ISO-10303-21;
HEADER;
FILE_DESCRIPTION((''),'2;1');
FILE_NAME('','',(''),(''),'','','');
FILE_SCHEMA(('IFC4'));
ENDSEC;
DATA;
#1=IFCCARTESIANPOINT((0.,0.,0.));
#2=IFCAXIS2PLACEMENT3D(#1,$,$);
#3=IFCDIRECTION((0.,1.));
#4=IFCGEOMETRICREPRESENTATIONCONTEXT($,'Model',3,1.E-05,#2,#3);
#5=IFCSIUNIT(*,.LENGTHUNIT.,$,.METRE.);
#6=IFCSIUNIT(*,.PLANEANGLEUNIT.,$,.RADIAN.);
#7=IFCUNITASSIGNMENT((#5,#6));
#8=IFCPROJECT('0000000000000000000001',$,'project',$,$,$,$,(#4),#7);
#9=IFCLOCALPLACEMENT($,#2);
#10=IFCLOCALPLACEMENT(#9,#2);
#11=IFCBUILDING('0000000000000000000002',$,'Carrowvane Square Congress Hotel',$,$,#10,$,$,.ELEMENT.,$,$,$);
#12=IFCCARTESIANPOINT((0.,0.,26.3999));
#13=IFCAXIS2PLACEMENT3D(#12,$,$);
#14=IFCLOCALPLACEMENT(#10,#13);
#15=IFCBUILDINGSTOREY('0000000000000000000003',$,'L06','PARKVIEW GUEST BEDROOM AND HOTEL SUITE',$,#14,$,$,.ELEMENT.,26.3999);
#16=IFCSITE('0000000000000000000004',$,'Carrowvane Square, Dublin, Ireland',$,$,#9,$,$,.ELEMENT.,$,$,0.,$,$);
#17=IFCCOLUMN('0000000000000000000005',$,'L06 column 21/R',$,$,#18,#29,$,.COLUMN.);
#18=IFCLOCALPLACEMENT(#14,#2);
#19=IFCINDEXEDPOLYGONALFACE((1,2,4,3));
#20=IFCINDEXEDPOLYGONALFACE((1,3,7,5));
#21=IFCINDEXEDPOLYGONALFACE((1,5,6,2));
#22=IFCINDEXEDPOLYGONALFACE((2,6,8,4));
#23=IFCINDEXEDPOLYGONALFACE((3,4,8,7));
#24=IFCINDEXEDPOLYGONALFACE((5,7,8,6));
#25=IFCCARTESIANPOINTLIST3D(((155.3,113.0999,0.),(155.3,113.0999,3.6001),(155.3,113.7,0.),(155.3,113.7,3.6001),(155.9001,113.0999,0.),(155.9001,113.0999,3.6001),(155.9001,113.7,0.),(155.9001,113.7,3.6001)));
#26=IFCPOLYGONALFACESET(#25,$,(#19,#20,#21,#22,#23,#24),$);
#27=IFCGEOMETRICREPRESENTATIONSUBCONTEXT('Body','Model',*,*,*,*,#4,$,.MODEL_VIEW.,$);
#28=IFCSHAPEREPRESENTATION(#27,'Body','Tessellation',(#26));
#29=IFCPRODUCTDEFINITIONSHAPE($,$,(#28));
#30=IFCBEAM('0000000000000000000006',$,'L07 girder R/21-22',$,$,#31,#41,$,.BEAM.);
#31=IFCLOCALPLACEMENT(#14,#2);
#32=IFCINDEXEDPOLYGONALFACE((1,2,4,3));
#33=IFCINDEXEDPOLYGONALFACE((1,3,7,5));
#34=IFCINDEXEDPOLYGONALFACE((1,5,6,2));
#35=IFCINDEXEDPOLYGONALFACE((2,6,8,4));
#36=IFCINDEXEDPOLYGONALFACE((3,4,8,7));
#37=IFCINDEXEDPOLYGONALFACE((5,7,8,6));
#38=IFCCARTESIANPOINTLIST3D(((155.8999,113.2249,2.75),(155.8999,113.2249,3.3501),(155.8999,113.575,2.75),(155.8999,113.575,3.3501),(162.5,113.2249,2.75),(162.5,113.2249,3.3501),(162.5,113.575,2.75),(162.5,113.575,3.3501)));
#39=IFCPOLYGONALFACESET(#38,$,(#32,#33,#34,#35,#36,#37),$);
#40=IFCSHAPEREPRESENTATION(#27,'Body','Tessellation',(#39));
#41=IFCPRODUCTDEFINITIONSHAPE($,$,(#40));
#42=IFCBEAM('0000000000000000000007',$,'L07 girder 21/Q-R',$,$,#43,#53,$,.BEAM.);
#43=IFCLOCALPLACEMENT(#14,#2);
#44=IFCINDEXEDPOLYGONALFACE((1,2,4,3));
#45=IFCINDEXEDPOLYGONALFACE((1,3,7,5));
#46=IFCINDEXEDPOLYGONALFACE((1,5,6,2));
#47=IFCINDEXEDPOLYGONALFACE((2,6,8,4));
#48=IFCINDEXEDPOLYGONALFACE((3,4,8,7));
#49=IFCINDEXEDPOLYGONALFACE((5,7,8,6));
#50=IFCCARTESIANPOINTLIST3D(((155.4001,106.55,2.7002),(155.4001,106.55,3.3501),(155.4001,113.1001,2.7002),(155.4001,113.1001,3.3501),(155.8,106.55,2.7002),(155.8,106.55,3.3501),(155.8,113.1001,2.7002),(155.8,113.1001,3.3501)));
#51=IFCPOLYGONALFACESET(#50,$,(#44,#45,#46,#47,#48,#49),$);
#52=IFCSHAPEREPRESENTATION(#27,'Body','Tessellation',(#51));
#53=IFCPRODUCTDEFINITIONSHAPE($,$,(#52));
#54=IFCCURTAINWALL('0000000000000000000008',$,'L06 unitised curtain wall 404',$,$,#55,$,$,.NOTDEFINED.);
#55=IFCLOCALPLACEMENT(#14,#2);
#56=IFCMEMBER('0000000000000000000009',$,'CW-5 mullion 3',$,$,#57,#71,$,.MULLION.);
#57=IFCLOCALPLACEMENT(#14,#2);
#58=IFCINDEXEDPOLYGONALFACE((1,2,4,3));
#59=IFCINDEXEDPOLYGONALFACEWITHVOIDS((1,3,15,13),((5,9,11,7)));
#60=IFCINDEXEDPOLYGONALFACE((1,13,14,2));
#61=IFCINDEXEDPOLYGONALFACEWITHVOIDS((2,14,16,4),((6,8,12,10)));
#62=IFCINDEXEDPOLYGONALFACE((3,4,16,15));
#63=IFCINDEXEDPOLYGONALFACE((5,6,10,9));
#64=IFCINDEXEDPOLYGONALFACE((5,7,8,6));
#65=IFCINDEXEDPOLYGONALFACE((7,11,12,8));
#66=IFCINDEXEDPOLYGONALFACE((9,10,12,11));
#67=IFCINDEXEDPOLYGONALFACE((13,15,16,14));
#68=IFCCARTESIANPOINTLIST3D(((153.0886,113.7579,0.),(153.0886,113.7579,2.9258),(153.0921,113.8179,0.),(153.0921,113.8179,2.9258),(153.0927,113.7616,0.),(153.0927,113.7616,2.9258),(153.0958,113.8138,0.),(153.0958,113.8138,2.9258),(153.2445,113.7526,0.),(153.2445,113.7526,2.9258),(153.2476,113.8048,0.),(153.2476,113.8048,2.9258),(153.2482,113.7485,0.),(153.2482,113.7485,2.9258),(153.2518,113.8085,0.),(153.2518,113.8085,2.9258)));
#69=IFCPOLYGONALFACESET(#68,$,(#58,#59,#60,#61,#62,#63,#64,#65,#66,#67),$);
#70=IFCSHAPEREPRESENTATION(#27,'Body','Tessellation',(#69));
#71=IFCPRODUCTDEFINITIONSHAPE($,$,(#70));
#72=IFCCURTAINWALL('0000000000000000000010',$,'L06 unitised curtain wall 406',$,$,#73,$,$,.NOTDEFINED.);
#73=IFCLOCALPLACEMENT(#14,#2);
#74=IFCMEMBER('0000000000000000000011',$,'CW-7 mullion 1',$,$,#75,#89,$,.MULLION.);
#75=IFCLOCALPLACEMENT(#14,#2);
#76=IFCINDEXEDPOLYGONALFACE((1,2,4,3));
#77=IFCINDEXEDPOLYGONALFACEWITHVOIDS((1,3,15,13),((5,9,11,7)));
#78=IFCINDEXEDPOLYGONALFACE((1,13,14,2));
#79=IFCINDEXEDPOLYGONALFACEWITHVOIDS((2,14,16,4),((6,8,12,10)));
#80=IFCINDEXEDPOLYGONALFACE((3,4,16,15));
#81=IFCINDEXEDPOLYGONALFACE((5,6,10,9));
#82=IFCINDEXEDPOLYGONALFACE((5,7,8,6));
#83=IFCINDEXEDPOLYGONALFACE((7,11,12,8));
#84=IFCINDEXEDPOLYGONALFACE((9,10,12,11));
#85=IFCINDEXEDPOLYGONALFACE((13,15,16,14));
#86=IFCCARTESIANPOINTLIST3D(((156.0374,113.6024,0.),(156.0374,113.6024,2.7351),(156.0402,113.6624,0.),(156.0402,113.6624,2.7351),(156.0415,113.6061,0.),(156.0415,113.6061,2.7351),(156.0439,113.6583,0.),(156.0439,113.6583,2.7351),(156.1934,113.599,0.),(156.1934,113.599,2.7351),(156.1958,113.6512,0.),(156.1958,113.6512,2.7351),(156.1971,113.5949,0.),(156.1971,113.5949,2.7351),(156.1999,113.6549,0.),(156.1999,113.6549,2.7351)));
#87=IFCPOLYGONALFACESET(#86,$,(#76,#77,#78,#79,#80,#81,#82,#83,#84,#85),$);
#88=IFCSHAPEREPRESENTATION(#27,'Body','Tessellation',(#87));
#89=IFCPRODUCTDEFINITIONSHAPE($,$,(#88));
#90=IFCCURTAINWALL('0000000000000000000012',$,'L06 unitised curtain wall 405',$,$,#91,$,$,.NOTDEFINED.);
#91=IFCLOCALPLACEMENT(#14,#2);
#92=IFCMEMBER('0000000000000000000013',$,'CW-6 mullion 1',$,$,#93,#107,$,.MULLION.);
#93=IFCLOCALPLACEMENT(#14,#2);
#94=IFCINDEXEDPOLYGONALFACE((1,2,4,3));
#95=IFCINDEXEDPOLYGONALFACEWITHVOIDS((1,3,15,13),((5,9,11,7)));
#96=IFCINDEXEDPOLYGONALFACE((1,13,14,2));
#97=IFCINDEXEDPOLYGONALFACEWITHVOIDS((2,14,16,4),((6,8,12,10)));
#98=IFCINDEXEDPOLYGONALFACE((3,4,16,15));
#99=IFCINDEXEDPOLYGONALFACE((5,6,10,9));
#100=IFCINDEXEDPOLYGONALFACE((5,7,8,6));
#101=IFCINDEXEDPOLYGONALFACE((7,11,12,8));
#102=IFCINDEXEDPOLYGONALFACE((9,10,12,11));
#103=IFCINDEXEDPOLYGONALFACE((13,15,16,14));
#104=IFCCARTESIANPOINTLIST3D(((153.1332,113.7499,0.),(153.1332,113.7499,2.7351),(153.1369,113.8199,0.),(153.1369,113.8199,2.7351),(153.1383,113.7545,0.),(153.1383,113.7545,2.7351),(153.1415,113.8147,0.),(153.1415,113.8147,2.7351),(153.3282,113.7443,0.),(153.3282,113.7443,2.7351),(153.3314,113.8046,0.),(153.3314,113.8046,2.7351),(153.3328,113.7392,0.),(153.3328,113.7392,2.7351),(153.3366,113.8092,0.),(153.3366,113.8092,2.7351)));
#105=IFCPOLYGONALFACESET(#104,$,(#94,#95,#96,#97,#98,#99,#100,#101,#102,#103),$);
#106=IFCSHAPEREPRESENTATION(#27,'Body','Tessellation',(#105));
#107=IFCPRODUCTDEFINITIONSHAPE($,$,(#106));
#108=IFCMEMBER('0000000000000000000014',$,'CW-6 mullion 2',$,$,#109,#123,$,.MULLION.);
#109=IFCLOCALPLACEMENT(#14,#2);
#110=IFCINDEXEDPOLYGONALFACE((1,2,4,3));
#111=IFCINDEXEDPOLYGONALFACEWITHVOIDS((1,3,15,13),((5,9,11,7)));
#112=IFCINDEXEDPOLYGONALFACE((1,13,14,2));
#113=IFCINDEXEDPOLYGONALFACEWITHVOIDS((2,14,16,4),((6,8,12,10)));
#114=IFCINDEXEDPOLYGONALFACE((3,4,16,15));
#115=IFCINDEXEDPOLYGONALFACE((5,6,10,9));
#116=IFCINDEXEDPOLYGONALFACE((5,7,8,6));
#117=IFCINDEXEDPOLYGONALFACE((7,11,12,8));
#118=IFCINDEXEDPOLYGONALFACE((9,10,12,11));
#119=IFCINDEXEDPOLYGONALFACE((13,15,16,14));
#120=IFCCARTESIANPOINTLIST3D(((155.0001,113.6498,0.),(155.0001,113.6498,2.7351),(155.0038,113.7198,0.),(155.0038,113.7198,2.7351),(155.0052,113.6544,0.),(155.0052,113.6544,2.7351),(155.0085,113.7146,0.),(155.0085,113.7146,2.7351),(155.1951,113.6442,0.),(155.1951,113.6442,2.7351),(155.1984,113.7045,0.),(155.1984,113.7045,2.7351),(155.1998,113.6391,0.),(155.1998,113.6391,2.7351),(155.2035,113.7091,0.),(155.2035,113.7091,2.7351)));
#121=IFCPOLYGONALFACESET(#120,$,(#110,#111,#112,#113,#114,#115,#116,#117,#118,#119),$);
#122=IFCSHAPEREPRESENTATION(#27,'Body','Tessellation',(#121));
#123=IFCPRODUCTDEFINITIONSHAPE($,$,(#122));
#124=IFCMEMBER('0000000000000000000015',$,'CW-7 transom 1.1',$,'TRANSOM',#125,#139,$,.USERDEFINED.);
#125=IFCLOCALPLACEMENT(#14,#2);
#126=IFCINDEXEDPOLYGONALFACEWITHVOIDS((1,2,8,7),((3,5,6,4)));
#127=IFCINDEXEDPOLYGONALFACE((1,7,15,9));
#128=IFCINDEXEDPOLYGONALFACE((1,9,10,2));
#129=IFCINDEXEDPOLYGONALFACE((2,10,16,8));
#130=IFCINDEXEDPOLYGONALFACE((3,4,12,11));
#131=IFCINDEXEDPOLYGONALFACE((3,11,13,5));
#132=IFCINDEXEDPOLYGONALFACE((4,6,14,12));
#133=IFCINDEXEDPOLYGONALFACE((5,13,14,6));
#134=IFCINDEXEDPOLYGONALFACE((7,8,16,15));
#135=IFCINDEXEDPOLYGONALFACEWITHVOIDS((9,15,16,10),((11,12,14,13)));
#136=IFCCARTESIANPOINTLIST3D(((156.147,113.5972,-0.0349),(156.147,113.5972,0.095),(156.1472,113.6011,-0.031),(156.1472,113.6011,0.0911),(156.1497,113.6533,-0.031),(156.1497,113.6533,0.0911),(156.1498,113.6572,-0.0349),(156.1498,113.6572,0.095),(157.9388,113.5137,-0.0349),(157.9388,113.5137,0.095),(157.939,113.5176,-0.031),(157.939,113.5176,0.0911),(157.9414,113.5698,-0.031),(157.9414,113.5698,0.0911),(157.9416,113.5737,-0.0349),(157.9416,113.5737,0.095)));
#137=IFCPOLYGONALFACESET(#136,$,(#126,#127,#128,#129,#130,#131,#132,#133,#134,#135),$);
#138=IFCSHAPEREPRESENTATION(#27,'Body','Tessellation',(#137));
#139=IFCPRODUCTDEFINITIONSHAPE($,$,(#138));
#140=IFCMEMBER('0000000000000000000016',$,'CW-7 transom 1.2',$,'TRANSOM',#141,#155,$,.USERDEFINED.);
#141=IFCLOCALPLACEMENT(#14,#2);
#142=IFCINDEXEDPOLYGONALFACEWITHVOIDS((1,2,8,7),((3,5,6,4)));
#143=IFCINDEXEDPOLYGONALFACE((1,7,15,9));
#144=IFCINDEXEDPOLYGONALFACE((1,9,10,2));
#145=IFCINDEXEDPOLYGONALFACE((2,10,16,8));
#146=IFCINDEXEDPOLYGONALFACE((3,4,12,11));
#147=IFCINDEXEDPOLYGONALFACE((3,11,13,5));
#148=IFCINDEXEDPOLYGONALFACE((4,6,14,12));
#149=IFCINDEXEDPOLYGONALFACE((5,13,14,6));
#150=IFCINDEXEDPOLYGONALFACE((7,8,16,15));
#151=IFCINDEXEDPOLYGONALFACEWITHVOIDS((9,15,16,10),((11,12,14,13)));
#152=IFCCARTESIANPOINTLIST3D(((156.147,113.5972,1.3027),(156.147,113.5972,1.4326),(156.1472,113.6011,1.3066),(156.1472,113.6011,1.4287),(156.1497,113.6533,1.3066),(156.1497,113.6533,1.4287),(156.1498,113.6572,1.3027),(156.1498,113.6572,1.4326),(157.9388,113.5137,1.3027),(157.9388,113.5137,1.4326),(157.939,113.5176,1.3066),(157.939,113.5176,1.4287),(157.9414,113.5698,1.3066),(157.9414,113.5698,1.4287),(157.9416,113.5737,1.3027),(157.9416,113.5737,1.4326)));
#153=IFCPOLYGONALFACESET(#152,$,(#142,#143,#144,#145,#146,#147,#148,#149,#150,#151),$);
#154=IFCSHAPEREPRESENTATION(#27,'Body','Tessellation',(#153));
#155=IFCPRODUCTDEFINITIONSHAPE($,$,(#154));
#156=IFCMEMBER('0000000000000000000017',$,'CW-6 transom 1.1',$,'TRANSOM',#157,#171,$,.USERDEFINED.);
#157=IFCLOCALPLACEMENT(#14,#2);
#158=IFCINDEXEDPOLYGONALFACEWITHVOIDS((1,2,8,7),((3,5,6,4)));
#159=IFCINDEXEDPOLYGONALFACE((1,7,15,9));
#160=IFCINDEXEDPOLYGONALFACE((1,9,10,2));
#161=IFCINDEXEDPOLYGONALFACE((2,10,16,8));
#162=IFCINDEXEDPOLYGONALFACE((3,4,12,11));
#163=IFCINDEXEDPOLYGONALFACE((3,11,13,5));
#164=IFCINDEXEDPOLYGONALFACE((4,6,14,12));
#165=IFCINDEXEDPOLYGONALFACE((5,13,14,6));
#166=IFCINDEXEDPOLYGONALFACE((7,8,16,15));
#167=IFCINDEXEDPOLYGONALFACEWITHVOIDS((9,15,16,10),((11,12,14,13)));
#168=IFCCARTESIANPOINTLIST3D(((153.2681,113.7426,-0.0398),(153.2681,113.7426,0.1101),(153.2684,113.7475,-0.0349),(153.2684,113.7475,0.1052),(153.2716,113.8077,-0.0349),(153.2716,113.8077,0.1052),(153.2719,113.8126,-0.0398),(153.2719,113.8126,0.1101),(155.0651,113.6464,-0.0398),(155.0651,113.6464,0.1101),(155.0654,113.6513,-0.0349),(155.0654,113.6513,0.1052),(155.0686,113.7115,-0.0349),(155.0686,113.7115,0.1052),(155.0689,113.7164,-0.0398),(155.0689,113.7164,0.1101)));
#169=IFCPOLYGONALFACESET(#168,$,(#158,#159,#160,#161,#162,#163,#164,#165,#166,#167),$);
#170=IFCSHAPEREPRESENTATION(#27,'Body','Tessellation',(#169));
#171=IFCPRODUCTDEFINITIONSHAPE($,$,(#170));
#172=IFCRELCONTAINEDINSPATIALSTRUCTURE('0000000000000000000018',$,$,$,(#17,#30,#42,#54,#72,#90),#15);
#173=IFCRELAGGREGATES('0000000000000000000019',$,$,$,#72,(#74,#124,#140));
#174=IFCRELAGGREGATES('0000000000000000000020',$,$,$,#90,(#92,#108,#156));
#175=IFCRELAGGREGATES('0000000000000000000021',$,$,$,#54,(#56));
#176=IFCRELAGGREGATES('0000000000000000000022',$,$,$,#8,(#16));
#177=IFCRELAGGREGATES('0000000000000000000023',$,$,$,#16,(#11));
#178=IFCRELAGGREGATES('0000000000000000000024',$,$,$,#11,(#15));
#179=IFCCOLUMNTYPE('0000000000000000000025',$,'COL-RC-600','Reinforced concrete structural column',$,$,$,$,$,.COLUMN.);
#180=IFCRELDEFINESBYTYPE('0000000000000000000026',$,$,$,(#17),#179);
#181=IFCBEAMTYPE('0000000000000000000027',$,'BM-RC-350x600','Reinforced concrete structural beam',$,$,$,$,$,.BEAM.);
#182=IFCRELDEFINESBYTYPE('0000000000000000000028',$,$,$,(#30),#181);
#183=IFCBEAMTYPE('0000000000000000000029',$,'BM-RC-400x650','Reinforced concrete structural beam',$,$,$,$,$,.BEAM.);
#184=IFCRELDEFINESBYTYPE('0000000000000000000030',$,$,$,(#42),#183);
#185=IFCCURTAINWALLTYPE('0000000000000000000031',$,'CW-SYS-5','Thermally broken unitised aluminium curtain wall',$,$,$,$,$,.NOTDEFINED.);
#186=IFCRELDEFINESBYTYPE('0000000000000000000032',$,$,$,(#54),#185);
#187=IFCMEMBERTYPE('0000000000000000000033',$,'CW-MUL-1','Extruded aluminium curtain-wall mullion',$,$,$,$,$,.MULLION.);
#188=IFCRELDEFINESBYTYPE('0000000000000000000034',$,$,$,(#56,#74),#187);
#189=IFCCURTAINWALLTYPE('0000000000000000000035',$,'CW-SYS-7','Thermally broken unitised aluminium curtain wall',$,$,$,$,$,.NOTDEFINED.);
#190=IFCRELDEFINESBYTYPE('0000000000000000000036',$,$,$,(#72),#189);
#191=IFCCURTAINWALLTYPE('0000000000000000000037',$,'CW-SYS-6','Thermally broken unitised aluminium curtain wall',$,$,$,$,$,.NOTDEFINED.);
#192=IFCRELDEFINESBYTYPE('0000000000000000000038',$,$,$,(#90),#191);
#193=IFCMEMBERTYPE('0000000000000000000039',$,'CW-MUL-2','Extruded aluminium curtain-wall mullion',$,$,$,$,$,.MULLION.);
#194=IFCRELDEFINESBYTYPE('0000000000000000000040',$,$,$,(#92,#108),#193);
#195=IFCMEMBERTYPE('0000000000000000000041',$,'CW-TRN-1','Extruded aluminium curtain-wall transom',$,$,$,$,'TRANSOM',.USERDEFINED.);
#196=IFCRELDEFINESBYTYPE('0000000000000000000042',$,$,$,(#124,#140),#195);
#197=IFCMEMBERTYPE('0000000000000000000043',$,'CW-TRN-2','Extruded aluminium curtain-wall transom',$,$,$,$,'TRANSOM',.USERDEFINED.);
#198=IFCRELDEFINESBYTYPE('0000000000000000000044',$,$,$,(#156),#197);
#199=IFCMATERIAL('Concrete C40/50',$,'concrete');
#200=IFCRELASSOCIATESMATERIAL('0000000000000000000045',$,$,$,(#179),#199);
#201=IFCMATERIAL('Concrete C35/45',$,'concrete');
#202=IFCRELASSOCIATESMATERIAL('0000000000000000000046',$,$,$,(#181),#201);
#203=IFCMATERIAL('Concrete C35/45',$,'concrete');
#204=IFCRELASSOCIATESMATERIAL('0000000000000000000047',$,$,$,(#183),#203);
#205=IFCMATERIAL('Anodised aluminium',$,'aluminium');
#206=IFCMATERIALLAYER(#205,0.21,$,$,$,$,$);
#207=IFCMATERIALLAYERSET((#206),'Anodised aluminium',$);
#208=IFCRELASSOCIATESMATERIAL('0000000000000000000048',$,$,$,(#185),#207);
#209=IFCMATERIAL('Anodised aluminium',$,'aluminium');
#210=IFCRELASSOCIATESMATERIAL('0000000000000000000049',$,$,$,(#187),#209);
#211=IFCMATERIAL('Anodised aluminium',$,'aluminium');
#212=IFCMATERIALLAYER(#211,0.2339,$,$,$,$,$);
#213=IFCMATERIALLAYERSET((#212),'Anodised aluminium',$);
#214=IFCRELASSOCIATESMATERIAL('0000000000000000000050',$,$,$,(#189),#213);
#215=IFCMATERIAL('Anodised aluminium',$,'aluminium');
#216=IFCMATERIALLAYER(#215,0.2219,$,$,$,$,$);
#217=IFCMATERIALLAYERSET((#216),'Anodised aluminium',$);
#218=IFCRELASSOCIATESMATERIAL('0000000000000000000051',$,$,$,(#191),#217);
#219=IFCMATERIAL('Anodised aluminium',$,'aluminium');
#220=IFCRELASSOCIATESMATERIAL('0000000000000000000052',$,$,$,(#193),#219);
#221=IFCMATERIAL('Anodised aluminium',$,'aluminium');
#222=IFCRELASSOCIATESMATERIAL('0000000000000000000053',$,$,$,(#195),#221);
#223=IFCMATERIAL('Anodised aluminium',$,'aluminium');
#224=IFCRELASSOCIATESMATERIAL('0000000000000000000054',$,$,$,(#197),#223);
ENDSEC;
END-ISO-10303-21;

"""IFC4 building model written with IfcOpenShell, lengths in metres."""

from ifc_helpers import new_model, si_unit, direction, frame, origin, origin_2d, place, context, subcontext, project, spatial, rectangle, hollow_rectangle, extrude, material, layer, layer_set, material_profile, profile_set, type_object, element, aggregate, save


model = new_model("IFC4")

# Units and contexts
model_context = context("Model", 3, precision=1e-05, world=origin(), true_north=direction((0.0, 1.0)))
body_context = subcontext(model_context, "Body", "Model", "MODEL_VIEW")
ifc_project = project(units=[si_unit("LENGTHUNIT", "METRE"), si_unit("PLANEANGLEUNIT", "RADIAN")], contexts=[model_context])

# Site, building, storey
site_placement = place(None, origin())
site = spatial("IfcSite", under=ifc_project, at=site_placement, Name="Carrowvane Square, Dublin, Ireland", CompositionType="ELEMENT", RefElevation=0.0)
building_placement = place(site_placement, origin())
building = spatial("IfcBuilding", under=site, at=building_placement, Name="Carrowvane Square Congress Hotel", CompositionType="ELEMENT")
storey_placement = place(building_placement, frame((0.0, 0.0, 26.3999)))
storey = spatial("IfcBuildingStorey", under=building, at=storey_placement, Name="L06", Description="PARKVIEW GUEST BEDROOM AND HOTEL SUITE", CompositionType="ELEMENT", Elevation=26.3999)

# Column
ifc_material_1 = material(Name="Concrete C40/50", Category="concrete")
ifc_material_profile_1 = material_profile(ifc_material_1, rectangle(XDim=0.6001, YDim=0.6001, at=origin_2d()), Name="RC 600x600")
ifc_profile_set_1 = profile_set([ifc_material_profile_1], Name="Concrete C40/50")
column_type = type_object("IfcColumnType", Name="COL-RC-600", Description="Reinforced concrete structural column", PredefinedType="COLUMN", material=ifc_profile_set_1)
column_placement = place(storey_placement, frame((155.6001, 113.3999, 0.0), z_axis=(0.0, 0.0, 1.0), x_axis=(1.0, 0.0, 0.0)))
element("IfcColumn", 1, at=column_placement, inside=storey, type_object=column_type, Name="L06 column 21/R", PredefinedType="COLUMN", context=body_context, shape_type="SweptSolid", body=[
    extrude(rectangle(XDim=0.6001, YDim=0.6001, at=origin_2d()), origin(), (0.0, 0.0, 1.0), 3.6001),
])

# Beams
ifc_material_2 = material(Name="Concrete C35/45", Category="concrete")
ifc_material_profile_2 = material_profile(ifc_material_2, rectangle(XDim=0.3501, YDim=0.6001, at=origin_2d()), Name="RC 350x600")
ifc_profile_set_2 = profile_set([ifc_material_profile_2], Name="Concrete C35/45")
beam_type_1 = type_object("IfcBeamType", Name="BM-RC-350x600", Description="Reinforced concrete structural beam", PredefinedType="BEAM", material=ifc_profile_set_2)
beam_1_placement = place(storey_placement, frame((155.8999, 113.3999, 3.05), z_axis=(1.0, 0.0, 0.0), x_axis=(0.0, 1.0, 0.0)))
element("IfcBeam", 2, at=beam_1_placement, inside=storey, type_object=beam_type_1, Name="L07 girder R/21-22", PredefinedType="BEAM", context=body_context, shape_type="SweptSolid", body=[
    extrude(rectangle(XDim=0.3501, YDim=0.6001, at=origin_2d()), origin(), (0.0, 0.0, 1.0), 6.6001),
])
ifc_material_3 = material(Name="Concrete C35/45", Category="concrete")
ifc_material_profile_3 = material_profile(ifc_material_3, rectangle(XDim=0.3999, YDim=0.6499, at=origin_2d()), Name="RC 400x650")
ifc_profile_set_3 = profile_set([ifc_material_profile_3], Name="Concrete C35/45")
beam_type_2 = type_object("IfcBeamType", Name="BM-RC-400x650", Description="Reinforced concrete structural beam", PredefinedType="BEAM", material=ifc_profile_set_3)
beam_2_placement = place(storey_placement, frame((155.6001, 106.55, 3.0251), z_axis=(0.0, 1.0, 0.0), x_axis=(-1.0, 0.0, 0.0)))
element("IfcBeam", 3, at=beam_2_placement, inside=storey, type_object=beam_type_2, Name="L07 girder 21/Q-R", PredefinedType="BEAM", context=body_context, shape_type="SweptSolid", body=[
    extrude(rectangle(XDim=0.3999, YDim=0.6499, at=origin_2d()), origin(), (0.0, 0.0, 1.0), 6.55),
])

# Curtain walls, members
ifc_material_4 = material(Name="Anodised aluminium", Category="aluminium")
ifc_layer_1 = layer(ifc_material_4, 0.21)
ifc_layer_set_1 = layer_set([ifc_layer_1], Name="Anodised aluminium")
curtain_wall_type_1 = type_object("IfcCurtainWallType", Name="CW-SYS-5", Description="Thermally broken unitised aluminium curtain wall", PredefinedType="NOTDEFINED", material=ifc_layer_set_1)
curtain_wall_1_placement = place(storey_placement, origin())
curtain_wall_1 = element("IfcCurtainWall", 4, at=curtain_wall_1_placement, inside=storey, type_object=curtain_wall_type_1, Name="L06 unitised curtain wall 404", PredefinedType="NOTDEFINED")
ifc_material_5 = material(Name="Anodised aluminium", Category="aluminium")
ifc_material_profile_4 = material_profile(ifc_material_5, hollow_rectangle(XDim=0.0601, YDim=0.1599, WallThickness=0.0039, at=origin_2d()), Name="CW-ML 60x160x4")
ifc_profile_set_4 = profile_set([ifc_material_profile_4], Name="Anodised aluminium")
member_type_1 = type_object("IfcMemberType", Name="CW-MUL-1", Description="Extruded aluminium curtain-wall mullion", PredefinedType="MULLION", material=ifc_profile_set_4)
member_1_placement = place(storey_placement, frame((153.1702, 113.7832, 0.0), z_axis=(0.0, 0.0, 1.0), x_axis=(0.058989, 0.998259, 0.0)))
member_1 = element("IfcMember", 5, at=member_1_placement, type_object=member_type_1, Name="CW-5 mullion 3", PredefinedType="MULLION", context=body_context, shape_type="SweptSolid", body=[
    extrude(hollow_rectangle(XDim=0.0601, YDim=0.1599, WallThickness=0.0039, at=origin_2d()), origin(), (0.0, 0.0, 1.0), 2.9258),
])
ifc_material_6 = material(Name="Anodised aluminium", Category="aluminium")
ifc_layer_2 = layer(ifc_material_6, 0.2339)
ifc_layer_set_2 = layer_set([ifc_layer_2], Name="Anodised aluminium")
curtain_wall_type_2 = type_object("IfcCurtainWallType", Name="CW-SYS-7", Description="Thermally broken unitised aluminium curtain wall", PredefinedType="NOTDEFINED", material=ifc_layer_set_2)
curtain_wall_2_placement = place(storey_placement, origin())
curtain_wall_2 = element("IfcCurtainWall", 6, at=curtain_wall_2_placement, inside=storey, type_object=curtain_wall_type_2, Name="L06 unitised curtain wall 406", PredefinedType="NOTDEFINED")
member_2_placement = place(storey_placement, frame((156.1187, 113.6287, 0.0), z_axis=(0.0, 0.0, 1.0), x_axis=(0.046522, 0.998917, 0.0)))
member_2 = element("IfcMember", 7, at=member_2_placement, type_object=member_type_1, Name="CW-7 mullion 1", PredefinedType="MULLION", context=body_context, shape_type="SweptSolid", body=[
    extrude(hollow_rectangle(XDim=0.0601, YDim=0.1599, WallThickness=0.0039, at=origin_2d()), origin(), (0.0, 0.0, 1.0), 2.7351),
])

# Curtain wall, members
ifc_material_7 = material(Name="Anodised aluminium", Category="aluminium")
ifc_layer_3 = layer(ifc_material_7, 0.2219)
ifc_layer_set_3 = layer_set([ifc_layer_3], Name="Anodised aluminium")
curtain_wall_type_3 = type_object("IfcCurtainWallType", Name="CW-SYS-6", Description="Thermally broken unitised aluminium curtain wall", PredefinedType="NOTDEFINED", material=ifc_layer_set_3)
curtain_wall_3_placement = place(storey_placement, origin())
curtain_wall_3 = element("IfcCurtainWall", 8, at=curtain_wall_3_placement, inside=storey, type_object=curtain_wall_type_3, Name="L06 unitised curtain wall 405", PredefinedType="NOTDEFINED")
ifc_material_8 = material(Name="Anodised aluminium", Category="aluminium")
ifc_material_profile_5 = material_profile(ifc_material_8, hollow_rectangle(XDim=0.0701, YDim=0.2, WallThickness=0.0049, at=origin_2d()), Name="CW-ML 70x200x5")
ifc_profile_set_5 = profile_set([ifc_material_profile_5], Name="Anodised aluminium")
member_type_2 = type_object("IfcMemberType", Name="CW-MUL-2", Description="Extruded aluminium curtain-wall mullion", PredefinedType="MULLION", material=ifc_profile_set_5)
member_3_placement = place(storey_placement, frame((153.2349, 113.7795, 0.0), z_axis=(0.0, 0.0, 1.0), x_axis=(0.053516, 0.998567, 0.0)))
member_3 = element("IfcMember", 9, at=member_3_placement, type_object=member_type_2, Name="CW-6 mullion 1", PredefinedType="MULLION", context=body_context, shape_type="SweptSolid", body=[
    extrude(hollow_rectangle(XDim=0.0701, YDim=0.2, WallThickness=0.0049, at=origin_2d()), origin(), (0.0, 0.0, 1.0), 2.7351),
])
member_4_placement = place(storey_placement, frame((155.1018, 113.6794, 0.0), z_axis=(0.0, 0.0, 1.0), x_axis=(0.053516, 0.998567, 0.0)))
member_4 = element("IfcMember", 10, at=member_4_placement, type_object=member_type_2, Name="CW-6 mullion 2", PredefinedType="MULLION", context=body_context, shape_type="SweptSolid", body=[
    extrude(hollow_rectangle(XDim=0.0701, YDim=0.2, WallThickness=0.0049, at=origin_2d()), origin(), (0.0, 0.0, 1.0), 2.7351),
])

# Members
ifc_material_9 = material(Name="Anodised aluminium", Category="aluminium")
ifc_material_profile_6 = material_profile(ifc_material_9, hollow_rectangle(XDim=0.0601, YDim=0.1299, WallThickness=0.0039, at=origin_2d()), Name="CW-TR 60x130x4")
ifc_profile_set_6 = profile_set([ifc_material_profile_6], Name="Anodised aluminium")
member_type_3 = type_object("IfcMemberType", Name="CW-TRN-1", Description="Extruded aluminium curtain-wall transom", ElementType="TRANSOM", PredefinedType="USERDEFINED", material=ifc_profile_set_6)
member_5_placement = place(storey_placement, frame((156.1484, 113.6272, 0.03), z_axis=(0.998916, -0.04655, 0.0), x_axis=(0.04655, 0.998916, 0.0)))
member_5 = element("IfcMember", 11, at=member_5_placement, type_object=member_type_3, Name="CW-7 transom 1.1", ObjectType="TRANSOM", PredefinedType="USERDEFINED", context=body_context, shape_type="SweptSolid", body=[
    extrude(hollow_rectangle(XDim=0.0601, YDim=0.1299, WallThickness=0.0039, at=origin_2d()), origin(), (0.0, 0.0, 1.0), 1.7937),
])
member_6_placement = place(storey_placement, frame((156.1484, 113.6272, 1.3677), z_axis=(0.998916, -0.04655, 0.0), x_axis=(0.04655, 0.998916, 0.0)))
member_6 = element("IfcMember", 12, at=member_6_placement, type_object=member_type_3, Name="CW-7 transom 1.2", ObjectType="TRANSOM", PredefinedType="USERDEFINED", context=body_context, shape_type="SweptSolid", body=[
    extrude(hollow_rectangle(XDim=0.0601, YDim=0.1299, WallThickness=0.0039, at=origin_2d()), origin(), (0.0, 0.0, 1.0), 1.7937),
])
aggregate(curtain_wall_2, [member_2, member_5, member_6])
ifc_material_10 = material(Name="Anodised aluminium", Category="aluminium")
ifc_material_profile_7 = material_profile(ifc_material_10, hollow_rectangle(XDim=0.0701, YDim=0.1499, WallThickness=0.0049, at=origin_2d()), Name="CW-TR 70x150x5")
ifc_profile_set_7 = profile_set([ifc_material_profile_7], Name="Anodised aluminium")
member_type_4 = type_object("IfcMemberType", Name="CW-TRN-2", Description="Extruded aluminium curtain-wall transom", ElementType="TRANSOM", PredefinedType="USERDEFINED", material=ifc_profile_set_7)
member_7_placement = place(storey_placement, frame((153.27, 113.7776, 0.0352), z_axis=(0.99857, -0.053456, 0.0), x_axis=(0.053456, 0.99857, 0.0)))
member_7 = element("IfcMember", 13, at=member_7_placement, type_object=member_type_4, Name="CW-6 transom 1.1", ObjectType="TRANSOM", PredefinedType="USERDEFINED", context=body_context, shape_type="SweptSolid", body=[
    extrude(hollow_rectangle(XDim=0.0701, YDim=0.1499, WallThickness=0.0049, at=origin_2d()), origin(), (0.0, 0.0, 1.0), 1.7996),
])

aggregate(curtain_wall_3, [member_3, member_4, member_7])
aggregate(curtain_wall_1, [member_1])

save(model, "model.ifc")
